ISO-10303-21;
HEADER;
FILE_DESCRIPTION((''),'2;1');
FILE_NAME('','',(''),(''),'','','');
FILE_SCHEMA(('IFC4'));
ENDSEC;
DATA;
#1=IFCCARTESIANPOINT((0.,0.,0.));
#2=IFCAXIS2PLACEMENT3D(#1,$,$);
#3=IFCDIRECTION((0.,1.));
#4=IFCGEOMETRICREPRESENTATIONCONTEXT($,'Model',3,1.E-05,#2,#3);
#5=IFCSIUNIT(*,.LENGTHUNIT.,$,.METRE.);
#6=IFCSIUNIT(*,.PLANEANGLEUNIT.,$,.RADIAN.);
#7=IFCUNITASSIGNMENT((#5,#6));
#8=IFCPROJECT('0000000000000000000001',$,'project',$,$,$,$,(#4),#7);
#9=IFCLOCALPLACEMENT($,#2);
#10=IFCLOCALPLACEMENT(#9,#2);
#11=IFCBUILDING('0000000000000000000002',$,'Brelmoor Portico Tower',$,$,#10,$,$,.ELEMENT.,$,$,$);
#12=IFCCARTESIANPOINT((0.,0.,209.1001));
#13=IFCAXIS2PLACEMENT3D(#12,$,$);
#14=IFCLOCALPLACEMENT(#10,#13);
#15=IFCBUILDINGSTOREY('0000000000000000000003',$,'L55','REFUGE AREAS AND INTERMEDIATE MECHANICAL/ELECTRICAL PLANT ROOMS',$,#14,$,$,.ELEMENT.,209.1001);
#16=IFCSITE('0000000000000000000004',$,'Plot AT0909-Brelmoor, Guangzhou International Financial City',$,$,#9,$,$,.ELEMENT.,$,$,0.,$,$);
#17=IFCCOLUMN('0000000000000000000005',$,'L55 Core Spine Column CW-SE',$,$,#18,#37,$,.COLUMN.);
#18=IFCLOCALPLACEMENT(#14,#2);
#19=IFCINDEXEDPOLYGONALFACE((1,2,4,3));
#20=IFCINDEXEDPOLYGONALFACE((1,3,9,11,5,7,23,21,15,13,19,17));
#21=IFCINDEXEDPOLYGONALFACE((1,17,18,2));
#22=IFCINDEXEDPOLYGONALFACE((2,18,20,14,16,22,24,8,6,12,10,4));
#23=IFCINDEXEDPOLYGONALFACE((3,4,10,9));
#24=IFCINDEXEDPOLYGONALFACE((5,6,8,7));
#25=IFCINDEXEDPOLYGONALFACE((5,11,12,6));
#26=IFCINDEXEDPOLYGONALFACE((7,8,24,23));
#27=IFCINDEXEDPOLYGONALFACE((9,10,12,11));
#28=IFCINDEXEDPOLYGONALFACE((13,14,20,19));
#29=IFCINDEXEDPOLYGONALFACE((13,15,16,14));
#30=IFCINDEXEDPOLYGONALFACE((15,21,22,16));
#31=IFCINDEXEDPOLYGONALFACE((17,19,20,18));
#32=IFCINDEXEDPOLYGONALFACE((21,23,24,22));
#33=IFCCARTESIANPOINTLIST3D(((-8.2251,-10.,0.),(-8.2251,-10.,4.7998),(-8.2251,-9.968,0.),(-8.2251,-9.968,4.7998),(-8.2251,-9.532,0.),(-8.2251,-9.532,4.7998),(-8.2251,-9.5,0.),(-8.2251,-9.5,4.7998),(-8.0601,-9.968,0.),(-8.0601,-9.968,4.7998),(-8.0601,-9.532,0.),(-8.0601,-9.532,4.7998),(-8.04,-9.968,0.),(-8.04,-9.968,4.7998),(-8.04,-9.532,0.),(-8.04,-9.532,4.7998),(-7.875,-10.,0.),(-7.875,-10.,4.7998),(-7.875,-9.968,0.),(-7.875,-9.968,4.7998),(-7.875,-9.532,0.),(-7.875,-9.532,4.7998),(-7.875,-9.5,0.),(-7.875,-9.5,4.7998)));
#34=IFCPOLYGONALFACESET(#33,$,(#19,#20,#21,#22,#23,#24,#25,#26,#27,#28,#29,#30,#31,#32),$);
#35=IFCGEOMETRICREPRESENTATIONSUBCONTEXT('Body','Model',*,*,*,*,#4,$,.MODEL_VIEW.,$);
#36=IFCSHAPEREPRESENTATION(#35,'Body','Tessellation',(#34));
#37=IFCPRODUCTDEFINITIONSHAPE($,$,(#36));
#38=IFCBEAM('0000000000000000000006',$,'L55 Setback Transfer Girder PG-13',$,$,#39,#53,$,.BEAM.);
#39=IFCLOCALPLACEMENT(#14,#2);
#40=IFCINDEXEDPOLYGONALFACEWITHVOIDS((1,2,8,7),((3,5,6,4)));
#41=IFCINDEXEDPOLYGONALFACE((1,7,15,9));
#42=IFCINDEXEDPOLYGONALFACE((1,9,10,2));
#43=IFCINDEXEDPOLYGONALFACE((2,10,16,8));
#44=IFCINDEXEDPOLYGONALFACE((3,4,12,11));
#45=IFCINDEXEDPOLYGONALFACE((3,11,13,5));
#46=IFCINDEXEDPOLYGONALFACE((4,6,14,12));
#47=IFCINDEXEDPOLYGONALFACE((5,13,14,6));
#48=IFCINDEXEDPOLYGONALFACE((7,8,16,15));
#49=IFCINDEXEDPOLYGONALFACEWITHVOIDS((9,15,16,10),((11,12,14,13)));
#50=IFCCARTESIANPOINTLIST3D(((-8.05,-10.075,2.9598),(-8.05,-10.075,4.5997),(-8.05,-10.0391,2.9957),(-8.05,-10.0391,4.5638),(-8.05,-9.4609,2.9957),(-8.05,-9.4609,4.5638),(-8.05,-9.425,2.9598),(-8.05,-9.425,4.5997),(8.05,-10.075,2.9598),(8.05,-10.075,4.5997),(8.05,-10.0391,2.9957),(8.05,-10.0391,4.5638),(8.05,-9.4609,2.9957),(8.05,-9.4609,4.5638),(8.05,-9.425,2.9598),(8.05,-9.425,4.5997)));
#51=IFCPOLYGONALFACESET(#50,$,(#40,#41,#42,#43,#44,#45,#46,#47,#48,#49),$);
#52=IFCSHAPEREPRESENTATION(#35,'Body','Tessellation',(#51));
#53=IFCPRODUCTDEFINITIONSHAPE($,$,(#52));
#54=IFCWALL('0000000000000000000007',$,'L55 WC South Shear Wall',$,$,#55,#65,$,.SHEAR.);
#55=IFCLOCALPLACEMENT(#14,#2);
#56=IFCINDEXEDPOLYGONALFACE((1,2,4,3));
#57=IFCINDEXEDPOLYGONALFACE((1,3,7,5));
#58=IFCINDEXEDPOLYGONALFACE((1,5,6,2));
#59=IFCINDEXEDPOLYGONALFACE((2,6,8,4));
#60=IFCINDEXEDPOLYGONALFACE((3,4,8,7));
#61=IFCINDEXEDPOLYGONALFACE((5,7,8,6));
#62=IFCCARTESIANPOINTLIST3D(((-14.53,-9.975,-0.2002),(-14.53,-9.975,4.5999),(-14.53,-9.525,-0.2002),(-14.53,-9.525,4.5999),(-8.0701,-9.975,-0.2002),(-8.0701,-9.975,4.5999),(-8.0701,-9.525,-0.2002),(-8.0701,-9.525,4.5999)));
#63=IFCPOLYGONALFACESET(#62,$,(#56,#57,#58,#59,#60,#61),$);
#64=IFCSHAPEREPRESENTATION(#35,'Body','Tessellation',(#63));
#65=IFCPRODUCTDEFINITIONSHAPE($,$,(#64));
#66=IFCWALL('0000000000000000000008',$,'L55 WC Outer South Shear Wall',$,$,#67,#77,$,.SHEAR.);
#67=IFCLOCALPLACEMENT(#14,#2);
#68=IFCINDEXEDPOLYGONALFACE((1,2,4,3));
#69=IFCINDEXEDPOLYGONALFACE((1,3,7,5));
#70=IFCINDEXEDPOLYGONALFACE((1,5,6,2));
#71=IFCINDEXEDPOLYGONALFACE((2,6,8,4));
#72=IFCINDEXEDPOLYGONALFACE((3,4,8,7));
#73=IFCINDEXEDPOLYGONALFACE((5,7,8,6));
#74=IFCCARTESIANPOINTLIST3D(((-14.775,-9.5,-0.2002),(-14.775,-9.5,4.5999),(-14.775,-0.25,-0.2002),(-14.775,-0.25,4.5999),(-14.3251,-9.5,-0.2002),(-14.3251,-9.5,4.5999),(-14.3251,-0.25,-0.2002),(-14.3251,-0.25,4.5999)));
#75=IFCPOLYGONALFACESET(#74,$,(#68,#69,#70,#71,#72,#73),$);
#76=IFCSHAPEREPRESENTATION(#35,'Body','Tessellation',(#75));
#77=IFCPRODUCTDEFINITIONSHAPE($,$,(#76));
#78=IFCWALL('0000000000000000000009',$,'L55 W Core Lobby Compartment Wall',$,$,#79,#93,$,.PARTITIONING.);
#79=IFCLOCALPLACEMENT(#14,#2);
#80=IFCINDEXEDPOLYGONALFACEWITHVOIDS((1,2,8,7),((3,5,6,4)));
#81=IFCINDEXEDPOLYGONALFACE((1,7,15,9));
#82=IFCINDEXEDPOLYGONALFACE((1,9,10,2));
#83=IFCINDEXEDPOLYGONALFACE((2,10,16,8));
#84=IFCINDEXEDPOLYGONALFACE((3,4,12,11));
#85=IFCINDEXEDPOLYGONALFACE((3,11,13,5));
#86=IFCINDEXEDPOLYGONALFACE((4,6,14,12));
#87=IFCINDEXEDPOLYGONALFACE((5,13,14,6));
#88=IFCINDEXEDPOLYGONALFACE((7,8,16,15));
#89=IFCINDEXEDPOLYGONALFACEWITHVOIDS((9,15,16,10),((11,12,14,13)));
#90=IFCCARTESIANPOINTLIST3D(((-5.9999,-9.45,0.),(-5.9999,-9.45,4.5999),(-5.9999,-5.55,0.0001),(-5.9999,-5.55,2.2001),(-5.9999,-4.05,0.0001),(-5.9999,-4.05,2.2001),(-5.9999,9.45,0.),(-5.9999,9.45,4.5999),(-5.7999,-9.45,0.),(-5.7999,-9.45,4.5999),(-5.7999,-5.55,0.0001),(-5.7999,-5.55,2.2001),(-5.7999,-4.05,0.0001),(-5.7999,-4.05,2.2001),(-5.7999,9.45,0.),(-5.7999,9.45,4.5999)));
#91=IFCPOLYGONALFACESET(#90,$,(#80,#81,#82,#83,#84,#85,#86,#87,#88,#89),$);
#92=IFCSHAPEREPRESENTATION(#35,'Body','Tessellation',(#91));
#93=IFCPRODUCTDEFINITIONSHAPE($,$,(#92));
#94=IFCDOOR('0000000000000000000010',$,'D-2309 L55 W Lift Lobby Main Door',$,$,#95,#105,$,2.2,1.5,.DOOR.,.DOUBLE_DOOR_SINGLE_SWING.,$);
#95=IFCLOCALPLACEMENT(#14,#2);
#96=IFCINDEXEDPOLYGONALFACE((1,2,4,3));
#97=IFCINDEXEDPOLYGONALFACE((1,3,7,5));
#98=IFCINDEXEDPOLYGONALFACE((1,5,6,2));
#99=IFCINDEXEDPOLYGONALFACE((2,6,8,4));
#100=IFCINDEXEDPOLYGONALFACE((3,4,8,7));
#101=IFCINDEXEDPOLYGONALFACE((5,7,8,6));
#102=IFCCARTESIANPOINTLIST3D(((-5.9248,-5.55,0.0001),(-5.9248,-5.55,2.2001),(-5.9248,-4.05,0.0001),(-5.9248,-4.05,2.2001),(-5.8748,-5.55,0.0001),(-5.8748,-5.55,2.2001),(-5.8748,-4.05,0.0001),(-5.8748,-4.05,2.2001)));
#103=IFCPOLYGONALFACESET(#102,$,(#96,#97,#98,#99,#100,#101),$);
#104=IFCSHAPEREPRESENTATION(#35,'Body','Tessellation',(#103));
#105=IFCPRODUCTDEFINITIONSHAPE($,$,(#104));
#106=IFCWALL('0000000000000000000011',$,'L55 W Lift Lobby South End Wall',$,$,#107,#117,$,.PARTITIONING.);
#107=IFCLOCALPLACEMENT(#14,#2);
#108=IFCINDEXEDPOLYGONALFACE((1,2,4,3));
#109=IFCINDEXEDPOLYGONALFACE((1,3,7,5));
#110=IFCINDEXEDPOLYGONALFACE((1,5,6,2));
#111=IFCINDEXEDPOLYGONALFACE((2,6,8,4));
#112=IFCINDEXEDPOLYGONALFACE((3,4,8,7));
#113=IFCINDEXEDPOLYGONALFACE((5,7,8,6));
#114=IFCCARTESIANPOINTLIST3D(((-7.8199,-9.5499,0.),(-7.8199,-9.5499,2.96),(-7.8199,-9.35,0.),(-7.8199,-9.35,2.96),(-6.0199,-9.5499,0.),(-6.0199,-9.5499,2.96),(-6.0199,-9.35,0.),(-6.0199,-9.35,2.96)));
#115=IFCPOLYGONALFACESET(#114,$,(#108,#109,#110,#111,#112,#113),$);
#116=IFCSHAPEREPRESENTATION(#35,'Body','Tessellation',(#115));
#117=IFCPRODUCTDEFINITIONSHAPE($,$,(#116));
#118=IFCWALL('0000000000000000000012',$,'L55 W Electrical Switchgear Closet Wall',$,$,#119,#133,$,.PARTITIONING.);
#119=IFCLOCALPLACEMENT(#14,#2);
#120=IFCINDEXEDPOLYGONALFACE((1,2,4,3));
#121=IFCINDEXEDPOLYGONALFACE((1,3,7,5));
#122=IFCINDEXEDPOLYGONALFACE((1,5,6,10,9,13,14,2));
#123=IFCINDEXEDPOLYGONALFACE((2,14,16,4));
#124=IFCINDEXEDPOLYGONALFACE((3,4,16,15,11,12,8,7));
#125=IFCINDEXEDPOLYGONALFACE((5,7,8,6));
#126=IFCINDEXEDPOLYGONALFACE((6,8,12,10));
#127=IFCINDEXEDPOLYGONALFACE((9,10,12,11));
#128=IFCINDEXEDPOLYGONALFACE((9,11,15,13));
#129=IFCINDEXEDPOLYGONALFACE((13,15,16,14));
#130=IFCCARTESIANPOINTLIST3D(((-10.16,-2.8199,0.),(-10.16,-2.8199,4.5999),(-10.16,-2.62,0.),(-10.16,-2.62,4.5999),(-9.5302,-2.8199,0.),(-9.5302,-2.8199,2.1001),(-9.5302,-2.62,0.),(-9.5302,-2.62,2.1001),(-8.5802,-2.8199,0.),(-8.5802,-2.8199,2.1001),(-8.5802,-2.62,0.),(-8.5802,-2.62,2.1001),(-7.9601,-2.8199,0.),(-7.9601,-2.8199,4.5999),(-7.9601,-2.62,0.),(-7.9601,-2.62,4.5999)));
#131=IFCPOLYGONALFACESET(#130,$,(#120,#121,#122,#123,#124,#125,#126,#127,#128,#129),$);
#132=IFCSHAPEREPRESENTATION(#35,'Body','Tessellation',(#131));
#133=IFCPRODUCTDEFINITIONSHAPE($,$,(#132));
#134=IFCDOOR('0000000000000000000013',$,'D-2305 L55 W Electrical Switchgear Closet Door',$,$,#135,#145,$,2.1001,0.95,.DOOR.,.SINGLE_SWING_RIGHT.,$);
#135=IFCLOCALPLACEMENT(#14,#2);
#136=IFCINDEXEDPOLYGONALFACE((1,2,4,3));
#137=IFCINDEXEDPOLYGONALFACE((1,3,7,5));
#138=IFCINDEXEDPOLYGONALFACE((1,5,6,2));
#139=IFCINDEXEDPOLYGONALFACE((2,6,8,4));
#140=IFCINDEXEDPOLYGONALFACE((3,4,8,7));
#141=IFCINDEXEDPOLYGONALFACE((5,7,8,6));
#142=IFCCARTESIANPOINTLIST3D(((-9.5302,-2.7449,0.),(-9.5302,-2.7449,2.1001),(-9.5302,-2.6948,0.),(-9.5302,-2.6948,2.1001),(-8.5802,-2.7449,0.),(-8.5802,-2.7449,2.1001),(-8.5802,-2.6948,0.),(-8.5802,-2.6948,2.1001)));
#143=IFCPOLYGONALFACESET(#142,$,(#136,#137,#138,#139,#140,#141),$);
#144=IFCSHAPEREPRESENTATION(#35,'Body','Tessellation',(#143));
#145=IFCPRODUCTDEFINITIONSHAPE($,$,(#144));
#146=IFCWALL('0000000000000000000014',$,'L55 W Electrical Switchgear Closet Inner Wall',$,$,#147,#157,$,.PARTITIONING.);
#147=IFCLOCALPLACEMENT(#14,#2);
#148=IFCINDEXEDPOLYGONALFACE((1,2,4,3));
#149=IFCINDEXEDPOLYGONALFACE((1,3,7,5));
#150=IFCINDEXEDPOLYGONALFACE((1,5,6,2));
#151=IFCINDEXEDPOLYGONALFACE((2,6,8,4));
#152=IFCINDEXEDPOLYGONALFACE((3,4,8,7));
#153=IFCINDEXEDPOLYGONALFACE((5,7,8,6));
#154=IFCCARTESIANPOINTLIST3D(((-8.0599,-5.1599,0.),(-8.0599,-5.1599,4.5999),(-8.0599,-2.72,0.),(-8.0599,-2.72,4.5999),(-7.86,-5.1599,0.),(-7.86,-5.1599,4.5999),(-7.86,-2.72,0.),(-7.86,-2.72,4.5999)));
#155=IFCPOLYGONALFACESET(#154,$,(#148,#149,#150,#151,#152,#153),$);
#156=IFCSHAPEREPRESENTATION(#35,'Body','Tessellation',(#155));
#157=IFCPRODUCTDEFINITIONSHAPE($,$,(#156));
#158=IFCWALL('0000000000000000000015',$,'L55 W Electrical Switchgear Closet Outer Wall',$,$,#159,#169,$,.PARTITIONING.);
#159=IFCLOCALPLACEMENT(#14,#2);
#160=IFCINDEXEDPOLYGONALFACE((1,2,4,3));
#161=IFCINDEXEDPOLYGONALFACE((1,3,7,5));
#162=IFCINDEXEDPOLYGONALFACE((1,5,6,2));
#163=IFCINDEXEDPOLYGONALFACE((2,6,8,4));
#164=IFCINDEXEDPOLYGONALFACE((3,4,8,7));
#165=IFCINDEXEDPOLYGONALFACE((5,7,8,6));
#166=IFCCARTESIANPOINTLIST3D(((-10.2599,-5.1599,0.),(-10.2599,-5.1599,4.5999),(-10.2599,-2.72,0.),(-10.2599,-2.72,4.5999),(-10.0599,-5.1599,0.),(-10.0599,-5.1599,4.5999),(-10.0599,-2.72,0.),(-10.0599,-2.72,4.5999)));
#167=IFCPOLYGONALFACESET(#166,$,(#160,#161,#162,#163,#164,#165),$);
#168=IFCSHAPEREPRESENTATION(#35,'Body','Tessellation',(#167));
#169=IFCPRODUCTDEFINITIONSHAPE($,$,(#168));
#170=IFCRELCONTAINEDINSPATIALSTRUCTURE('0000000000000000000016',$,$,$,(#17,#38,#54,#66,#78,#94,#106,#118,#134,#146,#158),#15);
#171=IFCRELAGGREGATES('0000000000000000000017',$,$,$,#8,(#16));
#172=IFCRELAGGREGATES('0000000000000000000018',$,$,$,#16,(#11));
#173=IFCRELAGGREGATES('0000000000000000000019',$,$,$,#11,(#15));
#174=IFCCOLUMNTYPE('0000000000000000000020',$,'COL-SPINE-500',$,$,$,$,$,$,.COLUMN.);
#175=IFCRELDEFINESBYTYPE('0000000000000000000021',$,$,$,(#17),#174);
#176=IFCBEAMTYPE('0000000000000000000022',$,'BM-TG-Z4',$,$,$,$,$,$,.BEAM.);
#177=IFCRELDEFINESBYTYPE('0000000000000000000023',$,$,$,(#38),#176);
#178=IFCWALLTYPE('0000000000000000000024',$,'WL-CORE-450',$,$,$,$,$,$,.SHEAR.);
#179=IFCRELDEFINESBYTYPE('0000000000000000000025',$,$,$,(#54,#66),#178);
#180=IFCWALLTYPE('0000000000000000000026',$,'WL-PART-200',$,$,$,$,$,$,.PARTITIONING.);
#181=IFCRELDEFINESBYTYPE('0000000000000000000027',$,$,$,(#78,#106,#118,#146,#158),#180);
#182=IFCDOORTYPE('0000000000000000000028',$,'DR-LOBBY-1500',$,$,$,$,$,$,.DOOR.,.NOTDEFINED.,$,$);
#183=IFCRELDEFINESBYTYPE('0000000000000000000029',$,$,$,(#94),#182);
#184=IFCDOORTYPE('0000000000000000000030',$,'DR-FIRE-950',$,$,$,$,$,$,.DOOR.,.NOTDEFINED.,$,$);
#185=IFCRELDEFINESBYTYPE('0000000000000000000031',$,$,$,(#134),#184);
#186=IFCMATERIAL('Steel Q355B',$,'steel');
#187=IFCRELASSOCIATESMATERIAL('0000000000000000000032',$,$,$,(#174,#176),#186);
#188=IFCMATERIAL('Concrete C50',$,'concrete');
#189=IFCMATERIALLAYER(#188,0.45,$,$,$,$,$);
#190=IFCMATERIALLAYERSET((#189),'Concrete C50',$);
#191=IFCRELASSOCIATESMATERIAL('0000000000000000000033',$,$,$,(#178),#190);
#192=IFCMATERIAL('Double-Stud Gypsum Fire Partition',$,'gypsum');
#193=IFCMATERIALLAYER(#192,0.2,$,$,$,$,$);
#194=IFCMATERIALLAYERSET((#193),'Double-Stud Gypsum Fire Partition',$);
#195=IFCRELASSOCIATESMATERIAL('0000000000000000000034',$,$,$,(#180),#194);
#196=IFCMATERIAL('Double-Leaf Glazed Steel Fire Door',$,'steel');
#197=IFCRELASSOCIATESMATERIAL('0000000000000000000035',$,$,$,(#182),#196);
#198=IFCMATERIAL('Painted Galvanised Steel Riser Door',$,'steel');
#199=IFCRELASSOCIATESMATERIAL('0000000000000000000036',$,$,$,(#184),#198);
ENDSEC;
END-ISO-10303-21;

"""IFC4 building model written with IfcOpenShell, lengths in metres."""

from ifc_helpers import new_model, si_unit, direction, frame, frame_2d, origin, origin_2d, place, context, subcontext, project, spatial, rectangle, hollow_rectangle, i_section, extrude, material, layer, layer_set, material_profile, profile_set, type_object, element, fill, save


model = new_model("IFC4")

# Units and contexts
model_context = context("Model", 3, precision=1e-05, world=origin(), true_north=direction((0.0, 1.0)))
body_context = subcontext(model_context, "Body", "Model", "MODEL_VIEW")
ifc_project = project(units=[si_unit("LENGTHUNIT", "METRE"), si_unit("PLANEANGLEUNIT", "RADIAN")], contexts=[model_context])

# Site, building, storey
site_placement = place(None, origin())
site = spatial("IfcSite", under=ifc_project, at=site_placement, Name="Plot AT0909-Brelmoor, Guangzhou International Financial City", CompositionType="ELEMENT", RefElevation=0.0)
building_placement = place(site_placement, origin())
building = spatial("IfcBuilding", under=site, at=building_placement, Name="Brelmoor Portico Tower", CompositionType="ELEMENT")
storey_placement = place(building_placement, frame((0.0, 0.0, 209.1001)))
storey = spatial("IfcBuildingStorey", under=building, at=storey_placement, Name="L55", Description="REFUGE AREAS AND INTERMEDIATE MECHANICAL/ELECTRICAL PLANT ROOMS", CompositionType="ELEMENT", Elevation=209.1001)

# Column
ifc_material_1 = material(Name="Steel Q355B", Category="steel")
ifc_material_profile_1 = material_profile(ifc_material_1, i_section(OverallWidth=0.3501, OverallDepth=0.5, WebThickness=0.02, FlangeThickness=0.032, at=origin_2d()), Name="HW 500x350x20x32")
ifc_profile_set_1 = profile_set([ifc_material_profile_1], Name="Steel Q355B")
column_type = type_object("IfcColumnType", Name="COL-SPINE-500", PredefinedType="COLUMN", material=ifc_profile_set_1)
column_placement = place(storey_placement, frame((-8.05, -9.75, 0.0), z_axis=(0.0, 0.0, 1.0), x_axis=(1.0, 0.0, 0.0)))
element("IfcColumn", 1, at=column_placement, inside=storey, type_object=column_type, Name="L55 Core Spine Column CW-SE", PredefinedType="COLUMN", context=body_context, shape_type="SweptSolid", body=[
    extrude(i_section(OverallWidth=0.3501, OverallDepth=0.5, WebThickness=0.02, FlangeThickness=0.032, at=origin_2d()), origin(), (0.0, 0.0, 1.0), 4.7998),
])

# Beam
ifc_material_profile_2 = material_profile(ifc_material_1, hollow_rectangle(XDim=0.6499, YDim=1.6399, WallThickness=0.0359, at=origin_2d()), Name="BOX 650x1640x36")
ifc_profile_set_2 = profile_set([ifc_material_profile_2], Name="Steel Q355B")
beam_type = type_object("IfcBeamType", Name="BM-TG-Z4", PredefinedType="BEAM", material=ifc_profile_set_2)
beam_placement = place(storey_placement, frame((-8.05, -9.75, 3.7798), z_axis=(1.0, 0.0, 0.0), x_axis=(0.0, 1.0, 0.0)))
element("IfcBeam", 2, at=beam_placement, inside=storey, type_object=beam_type, Name="L55 Setback Transfer Girder PG-13", PredefinedType="BEAM", context=body_context, shape_type="SweptSolid", body=[
    extrude(hollow_rectangle(XDim=0.6499, YDim=1.6399, WallThickness=0.0359, at=origin_2d()), origin(), (0.0, 0.0, 1.0), 16.1001),
])

# Walls
ifc_material_2 = material(Name="Concrete C50", Category="concrete")
ifc_layer_1 = layer(ifc_material_2, 0.45)
ifc_layer_set_1 = layer_set([ifc_layer_1], Name="Concrete C50")
wall_type_1 = type_object("IfcWallType", Name="WL-CORE-450", PredefinedType="SHEAR", material=ifc_layer_set_1)
wall_1_placement = place(storey_placement, frame((-14.53, -9.75, -0.2002), z_axis=(0.0, 0.0, 1.0), x_axis=(1.0, 0.0, 0.0)))
element("IfcWall", 3, at=wall_1_placement, inside=storey, type_object=wall_type_1, Name="L55 WC South Shear Wall", PredefinedType="SHEAR", context=body_context, shape_type="SweptSolid", body=[
    extrude(rectangle(XDim=6.46, YDim=0.45, at=frame_2d((3.23, 0.0))), origin(), (0.0, 0.0, 1.0), 4.8),
])
wall_2_placement = place(storey_placement, frame((-14.55, -9.5, -0.2002), z_axis=(0.0, 0.0, 1.0), x_axis=(0.0, 1.0, 0.0)))
element("IfcWall", 4, at=wall_2_placement, inside=storey, type_object=wall_type_1, Name="L55 WC Outer South Shear Wall", PredefinedType="SHEAR", context=body_context, shape_type="SweptSolid", body=[
    extrude(rectangle(XDim=9.25, YDim=0.45, at=frame_2d((4.625, 0.0))), origin(), (0.0, 0.0, 1.0), 4.8),
])

# Wall, opening, door
ifc_material_3 = material(Name="Double-Stud Gypsum Fire Partition", Category="gypsum")
ifc_layer_2 = layer(ifc_material_3, 0.2)
ifc_layer_set_2 = layer_set([ifc_layer_2], Name="Double-Stud Gypsum Fire Partition")
wall_type_2 = type_object("IfcWallType", Name="WL-PART-200", PredefinedType="PARTITIONING", material=ifc_layer_set_2)
wall_3_placement = place(storey_placement, frame((-5.8999, -9.45, 0.0), z_axis=(0.0, 0.0, 1.0), x_axis=(0.0, 1.0, 0.0)))
wall_3 = element("IfcWall", 5, at=wall_3_placement, inside=storey, type_object=wall_type_2, Name="L55 W Core Lobby Compartment Wall", PredefinedType="PARTITIONING", context=body_context, shape_type="SweptSolid", body=[
    extrude(rectangle(XDim=18.8999, YDim=0.2, at=frame_2d((9.45, 0.0))), origin(), (0.0, 0.0, 1.0), 4.5999),
])
opening_1_placement = place(wall_3_placement, frame((3.8999, 0.0, 0.0)))
opening_1 = element("IfcOpeningElement", 6, at=opening_1_placement, cuts=wall_3, PredefinedType="OPENING", context=body_context, shape_type="SweptSolid", body=[
    extrude(rectangle(XDim=1.5, YDim=2.2, at=frame_2d((0.75, 1.1001))), frame((0.0, 0.1099, 0.0), z_axis=(0.0, -1.0, 0.0), x_axis=(1.0, 0.0, 0.0)), (0.0, 0.0, 1.0), 0.22),
])
ifc_material_4 = material(Name="Double-Leaf Glazed Steel Fire Door", Category="steel")
door_type_1 = type_object("IfcDoorType", Name="DR-LOBBY-1500", OperationType="NOTDEFINED", PredefinedType="DOOR", material=ifc_material_4)
door_1_placement = place(opening_1_placement, origin())
door_1 = element("IfcDoor", 7, at=door_1_placement, inside=storey, type_object=door_type_1, Name="D-2309 L55 W Lift Lobby Main Door", OperationType="DOUBLE_DOOR_SINGLE_SWING", OverallHeight=2.2, OverallWidth=1.5, PredefinedType="DOOR", context=body_context, shape_type="SweptSolid", body=[
    extrude(rectangle(XDim=1.5, YDim=2.2, at=frame_2d((0.75, 1.1001))), frame((0.0, 0.0249, 0.0), z_axis=(0.0, -1.0, 0.0), x_axis=(1.0, 0.0, 0.0)), (0.0, 0.0, 1.0), 0.05),
])
fill(opening_1, door_1)

# Wall
wall_4_placement = place(storey_placement, frame((-6.02, -9.45, 0.0), z_axis=(0.0, 0.0, 1.0), x_axis=(-1.0, 0.0, 0.0)))
element("IfcWall", 8, at=wall_4_placement, inside=storey, type_object=wall_type_2, Name="L55 W Lift Lobby South End Wall", PredefinedType="PARTITIONING", context=body_context, shape_type="SweptSolid", body=[
    extrude(rectangle(XDim=1.8, YDim=0.2, at=frame_2d((0.8999, 0.0))), origin(), (0.0, 0.0, 1.0), 2.96),
])

# Wall, opening, door
wall_5_placement = place(storey_placement, frame((-7.96, -2.72, 0.0), z_axis=(0.0, 0.0, 1.0), x_axis=(-1.0, 0.0, 0.0)))
wall_5 = element("IfcWall", 9, at=wall_5_placement, inside=storey, type_object=wall_type_2, Name="L55 W Electrical Switchgear Closet Wall", PredefinedType="PARTITIONING", context=body_context, shape_type="SweptSolid", body=[
    extrude(rectangle(XDim=2.2, YDim=0.2, at=frame_2d((1.1001, 0.0))), origin(), (0.0, 0.0, 1.0), 4.5999),
])
opening_2_placement = place(wall_5_placement, frame((0.6201, 0.0, 0.0)))
opening_2 = element("IfcOpeningElement", 10, at=opening_2_placement, cuts=wall_5, PredefinedType="OPENING", context=body_context, shape_type="SweptSolid", body=[
    extrude(rectangle(XDim=0.95, YDim=2.1001, at=frame_2d((0.4751, 1.05))), frame((0.0, 0.1099, 0.0), z_axis=(0.0, -1.0, 0.0), x_axis=(1.0, 0.0, 0.0)), (0.0, 0.0, 1.0), 0.22),
])
ifc_material_5 = material(Name="Painted Galvanised Steel Riser Door", Category="steel")
door_type_2 = type_object("IfcDoorType", Name="DR-FIRE-950", OperationType="NOTDEFINED", PredefinedType="DOOR", material=ifc_material_5)
door_2_placement = place(opening_2_placement, origin())
door_2 = element("IfcDoor", 11, at=door_2_placement, inside=storey, type_object=door_type_2, Name="D-2305 L55 W Electrical Switchgear Closet Door", OperationType="SINGLE_SWING_RIGHT", OverallHeight=2.1001, OverallWidth=0.95, PredefinedType="DOOR", context=body_context, shape_type="SweptSolid", body=[
    extrude(rectangle(XDim=0.95, YDim=2.1001, at=frame_2d((0.4751, 1.05))), frame((0.0, 0.0249, 0.0), z_axis=(0.0, -1.0, 0.0), x_axis=(1.0, 0.0, 0.0)), (0.0, 0.0, 1.0), 0.05),
])
fill(opening_2, door_2)

# Walls
for number, where, z_axis, x_axis, name in (
    (12, (-7.96, -5.1599, 0.0), (0.0, 0.0, 1.0), (0.0, 1.0, 0.0), "L55 W Electrical Switchgear Closet Inner Wall"),
    (13, (-10.1599, -5.1599, 0.0), (0.0, 0.0, 1.0), (0.0, 1.0, 0.0), "L55 W Electrical Switchgear Closet Outer Wall"),
):
    element("IfcWall", number, at=place(storey_placement, frame(where, z_axis=z_axis, x_axis=x_axis)), inside=storey, type_object=wall_type_2, Name=name, PredefinedType="PARTITIONING", context=body_context, shape_type="SweptSolid", body=[
        extrude(rectangle(XDim=2.4399, YDim=0.2, at=frame_2d((1.22, 0.0))), origin(), (0.0, 0.0, 1.0), 4.5999),
    ])

save(model, "model.ifc")
